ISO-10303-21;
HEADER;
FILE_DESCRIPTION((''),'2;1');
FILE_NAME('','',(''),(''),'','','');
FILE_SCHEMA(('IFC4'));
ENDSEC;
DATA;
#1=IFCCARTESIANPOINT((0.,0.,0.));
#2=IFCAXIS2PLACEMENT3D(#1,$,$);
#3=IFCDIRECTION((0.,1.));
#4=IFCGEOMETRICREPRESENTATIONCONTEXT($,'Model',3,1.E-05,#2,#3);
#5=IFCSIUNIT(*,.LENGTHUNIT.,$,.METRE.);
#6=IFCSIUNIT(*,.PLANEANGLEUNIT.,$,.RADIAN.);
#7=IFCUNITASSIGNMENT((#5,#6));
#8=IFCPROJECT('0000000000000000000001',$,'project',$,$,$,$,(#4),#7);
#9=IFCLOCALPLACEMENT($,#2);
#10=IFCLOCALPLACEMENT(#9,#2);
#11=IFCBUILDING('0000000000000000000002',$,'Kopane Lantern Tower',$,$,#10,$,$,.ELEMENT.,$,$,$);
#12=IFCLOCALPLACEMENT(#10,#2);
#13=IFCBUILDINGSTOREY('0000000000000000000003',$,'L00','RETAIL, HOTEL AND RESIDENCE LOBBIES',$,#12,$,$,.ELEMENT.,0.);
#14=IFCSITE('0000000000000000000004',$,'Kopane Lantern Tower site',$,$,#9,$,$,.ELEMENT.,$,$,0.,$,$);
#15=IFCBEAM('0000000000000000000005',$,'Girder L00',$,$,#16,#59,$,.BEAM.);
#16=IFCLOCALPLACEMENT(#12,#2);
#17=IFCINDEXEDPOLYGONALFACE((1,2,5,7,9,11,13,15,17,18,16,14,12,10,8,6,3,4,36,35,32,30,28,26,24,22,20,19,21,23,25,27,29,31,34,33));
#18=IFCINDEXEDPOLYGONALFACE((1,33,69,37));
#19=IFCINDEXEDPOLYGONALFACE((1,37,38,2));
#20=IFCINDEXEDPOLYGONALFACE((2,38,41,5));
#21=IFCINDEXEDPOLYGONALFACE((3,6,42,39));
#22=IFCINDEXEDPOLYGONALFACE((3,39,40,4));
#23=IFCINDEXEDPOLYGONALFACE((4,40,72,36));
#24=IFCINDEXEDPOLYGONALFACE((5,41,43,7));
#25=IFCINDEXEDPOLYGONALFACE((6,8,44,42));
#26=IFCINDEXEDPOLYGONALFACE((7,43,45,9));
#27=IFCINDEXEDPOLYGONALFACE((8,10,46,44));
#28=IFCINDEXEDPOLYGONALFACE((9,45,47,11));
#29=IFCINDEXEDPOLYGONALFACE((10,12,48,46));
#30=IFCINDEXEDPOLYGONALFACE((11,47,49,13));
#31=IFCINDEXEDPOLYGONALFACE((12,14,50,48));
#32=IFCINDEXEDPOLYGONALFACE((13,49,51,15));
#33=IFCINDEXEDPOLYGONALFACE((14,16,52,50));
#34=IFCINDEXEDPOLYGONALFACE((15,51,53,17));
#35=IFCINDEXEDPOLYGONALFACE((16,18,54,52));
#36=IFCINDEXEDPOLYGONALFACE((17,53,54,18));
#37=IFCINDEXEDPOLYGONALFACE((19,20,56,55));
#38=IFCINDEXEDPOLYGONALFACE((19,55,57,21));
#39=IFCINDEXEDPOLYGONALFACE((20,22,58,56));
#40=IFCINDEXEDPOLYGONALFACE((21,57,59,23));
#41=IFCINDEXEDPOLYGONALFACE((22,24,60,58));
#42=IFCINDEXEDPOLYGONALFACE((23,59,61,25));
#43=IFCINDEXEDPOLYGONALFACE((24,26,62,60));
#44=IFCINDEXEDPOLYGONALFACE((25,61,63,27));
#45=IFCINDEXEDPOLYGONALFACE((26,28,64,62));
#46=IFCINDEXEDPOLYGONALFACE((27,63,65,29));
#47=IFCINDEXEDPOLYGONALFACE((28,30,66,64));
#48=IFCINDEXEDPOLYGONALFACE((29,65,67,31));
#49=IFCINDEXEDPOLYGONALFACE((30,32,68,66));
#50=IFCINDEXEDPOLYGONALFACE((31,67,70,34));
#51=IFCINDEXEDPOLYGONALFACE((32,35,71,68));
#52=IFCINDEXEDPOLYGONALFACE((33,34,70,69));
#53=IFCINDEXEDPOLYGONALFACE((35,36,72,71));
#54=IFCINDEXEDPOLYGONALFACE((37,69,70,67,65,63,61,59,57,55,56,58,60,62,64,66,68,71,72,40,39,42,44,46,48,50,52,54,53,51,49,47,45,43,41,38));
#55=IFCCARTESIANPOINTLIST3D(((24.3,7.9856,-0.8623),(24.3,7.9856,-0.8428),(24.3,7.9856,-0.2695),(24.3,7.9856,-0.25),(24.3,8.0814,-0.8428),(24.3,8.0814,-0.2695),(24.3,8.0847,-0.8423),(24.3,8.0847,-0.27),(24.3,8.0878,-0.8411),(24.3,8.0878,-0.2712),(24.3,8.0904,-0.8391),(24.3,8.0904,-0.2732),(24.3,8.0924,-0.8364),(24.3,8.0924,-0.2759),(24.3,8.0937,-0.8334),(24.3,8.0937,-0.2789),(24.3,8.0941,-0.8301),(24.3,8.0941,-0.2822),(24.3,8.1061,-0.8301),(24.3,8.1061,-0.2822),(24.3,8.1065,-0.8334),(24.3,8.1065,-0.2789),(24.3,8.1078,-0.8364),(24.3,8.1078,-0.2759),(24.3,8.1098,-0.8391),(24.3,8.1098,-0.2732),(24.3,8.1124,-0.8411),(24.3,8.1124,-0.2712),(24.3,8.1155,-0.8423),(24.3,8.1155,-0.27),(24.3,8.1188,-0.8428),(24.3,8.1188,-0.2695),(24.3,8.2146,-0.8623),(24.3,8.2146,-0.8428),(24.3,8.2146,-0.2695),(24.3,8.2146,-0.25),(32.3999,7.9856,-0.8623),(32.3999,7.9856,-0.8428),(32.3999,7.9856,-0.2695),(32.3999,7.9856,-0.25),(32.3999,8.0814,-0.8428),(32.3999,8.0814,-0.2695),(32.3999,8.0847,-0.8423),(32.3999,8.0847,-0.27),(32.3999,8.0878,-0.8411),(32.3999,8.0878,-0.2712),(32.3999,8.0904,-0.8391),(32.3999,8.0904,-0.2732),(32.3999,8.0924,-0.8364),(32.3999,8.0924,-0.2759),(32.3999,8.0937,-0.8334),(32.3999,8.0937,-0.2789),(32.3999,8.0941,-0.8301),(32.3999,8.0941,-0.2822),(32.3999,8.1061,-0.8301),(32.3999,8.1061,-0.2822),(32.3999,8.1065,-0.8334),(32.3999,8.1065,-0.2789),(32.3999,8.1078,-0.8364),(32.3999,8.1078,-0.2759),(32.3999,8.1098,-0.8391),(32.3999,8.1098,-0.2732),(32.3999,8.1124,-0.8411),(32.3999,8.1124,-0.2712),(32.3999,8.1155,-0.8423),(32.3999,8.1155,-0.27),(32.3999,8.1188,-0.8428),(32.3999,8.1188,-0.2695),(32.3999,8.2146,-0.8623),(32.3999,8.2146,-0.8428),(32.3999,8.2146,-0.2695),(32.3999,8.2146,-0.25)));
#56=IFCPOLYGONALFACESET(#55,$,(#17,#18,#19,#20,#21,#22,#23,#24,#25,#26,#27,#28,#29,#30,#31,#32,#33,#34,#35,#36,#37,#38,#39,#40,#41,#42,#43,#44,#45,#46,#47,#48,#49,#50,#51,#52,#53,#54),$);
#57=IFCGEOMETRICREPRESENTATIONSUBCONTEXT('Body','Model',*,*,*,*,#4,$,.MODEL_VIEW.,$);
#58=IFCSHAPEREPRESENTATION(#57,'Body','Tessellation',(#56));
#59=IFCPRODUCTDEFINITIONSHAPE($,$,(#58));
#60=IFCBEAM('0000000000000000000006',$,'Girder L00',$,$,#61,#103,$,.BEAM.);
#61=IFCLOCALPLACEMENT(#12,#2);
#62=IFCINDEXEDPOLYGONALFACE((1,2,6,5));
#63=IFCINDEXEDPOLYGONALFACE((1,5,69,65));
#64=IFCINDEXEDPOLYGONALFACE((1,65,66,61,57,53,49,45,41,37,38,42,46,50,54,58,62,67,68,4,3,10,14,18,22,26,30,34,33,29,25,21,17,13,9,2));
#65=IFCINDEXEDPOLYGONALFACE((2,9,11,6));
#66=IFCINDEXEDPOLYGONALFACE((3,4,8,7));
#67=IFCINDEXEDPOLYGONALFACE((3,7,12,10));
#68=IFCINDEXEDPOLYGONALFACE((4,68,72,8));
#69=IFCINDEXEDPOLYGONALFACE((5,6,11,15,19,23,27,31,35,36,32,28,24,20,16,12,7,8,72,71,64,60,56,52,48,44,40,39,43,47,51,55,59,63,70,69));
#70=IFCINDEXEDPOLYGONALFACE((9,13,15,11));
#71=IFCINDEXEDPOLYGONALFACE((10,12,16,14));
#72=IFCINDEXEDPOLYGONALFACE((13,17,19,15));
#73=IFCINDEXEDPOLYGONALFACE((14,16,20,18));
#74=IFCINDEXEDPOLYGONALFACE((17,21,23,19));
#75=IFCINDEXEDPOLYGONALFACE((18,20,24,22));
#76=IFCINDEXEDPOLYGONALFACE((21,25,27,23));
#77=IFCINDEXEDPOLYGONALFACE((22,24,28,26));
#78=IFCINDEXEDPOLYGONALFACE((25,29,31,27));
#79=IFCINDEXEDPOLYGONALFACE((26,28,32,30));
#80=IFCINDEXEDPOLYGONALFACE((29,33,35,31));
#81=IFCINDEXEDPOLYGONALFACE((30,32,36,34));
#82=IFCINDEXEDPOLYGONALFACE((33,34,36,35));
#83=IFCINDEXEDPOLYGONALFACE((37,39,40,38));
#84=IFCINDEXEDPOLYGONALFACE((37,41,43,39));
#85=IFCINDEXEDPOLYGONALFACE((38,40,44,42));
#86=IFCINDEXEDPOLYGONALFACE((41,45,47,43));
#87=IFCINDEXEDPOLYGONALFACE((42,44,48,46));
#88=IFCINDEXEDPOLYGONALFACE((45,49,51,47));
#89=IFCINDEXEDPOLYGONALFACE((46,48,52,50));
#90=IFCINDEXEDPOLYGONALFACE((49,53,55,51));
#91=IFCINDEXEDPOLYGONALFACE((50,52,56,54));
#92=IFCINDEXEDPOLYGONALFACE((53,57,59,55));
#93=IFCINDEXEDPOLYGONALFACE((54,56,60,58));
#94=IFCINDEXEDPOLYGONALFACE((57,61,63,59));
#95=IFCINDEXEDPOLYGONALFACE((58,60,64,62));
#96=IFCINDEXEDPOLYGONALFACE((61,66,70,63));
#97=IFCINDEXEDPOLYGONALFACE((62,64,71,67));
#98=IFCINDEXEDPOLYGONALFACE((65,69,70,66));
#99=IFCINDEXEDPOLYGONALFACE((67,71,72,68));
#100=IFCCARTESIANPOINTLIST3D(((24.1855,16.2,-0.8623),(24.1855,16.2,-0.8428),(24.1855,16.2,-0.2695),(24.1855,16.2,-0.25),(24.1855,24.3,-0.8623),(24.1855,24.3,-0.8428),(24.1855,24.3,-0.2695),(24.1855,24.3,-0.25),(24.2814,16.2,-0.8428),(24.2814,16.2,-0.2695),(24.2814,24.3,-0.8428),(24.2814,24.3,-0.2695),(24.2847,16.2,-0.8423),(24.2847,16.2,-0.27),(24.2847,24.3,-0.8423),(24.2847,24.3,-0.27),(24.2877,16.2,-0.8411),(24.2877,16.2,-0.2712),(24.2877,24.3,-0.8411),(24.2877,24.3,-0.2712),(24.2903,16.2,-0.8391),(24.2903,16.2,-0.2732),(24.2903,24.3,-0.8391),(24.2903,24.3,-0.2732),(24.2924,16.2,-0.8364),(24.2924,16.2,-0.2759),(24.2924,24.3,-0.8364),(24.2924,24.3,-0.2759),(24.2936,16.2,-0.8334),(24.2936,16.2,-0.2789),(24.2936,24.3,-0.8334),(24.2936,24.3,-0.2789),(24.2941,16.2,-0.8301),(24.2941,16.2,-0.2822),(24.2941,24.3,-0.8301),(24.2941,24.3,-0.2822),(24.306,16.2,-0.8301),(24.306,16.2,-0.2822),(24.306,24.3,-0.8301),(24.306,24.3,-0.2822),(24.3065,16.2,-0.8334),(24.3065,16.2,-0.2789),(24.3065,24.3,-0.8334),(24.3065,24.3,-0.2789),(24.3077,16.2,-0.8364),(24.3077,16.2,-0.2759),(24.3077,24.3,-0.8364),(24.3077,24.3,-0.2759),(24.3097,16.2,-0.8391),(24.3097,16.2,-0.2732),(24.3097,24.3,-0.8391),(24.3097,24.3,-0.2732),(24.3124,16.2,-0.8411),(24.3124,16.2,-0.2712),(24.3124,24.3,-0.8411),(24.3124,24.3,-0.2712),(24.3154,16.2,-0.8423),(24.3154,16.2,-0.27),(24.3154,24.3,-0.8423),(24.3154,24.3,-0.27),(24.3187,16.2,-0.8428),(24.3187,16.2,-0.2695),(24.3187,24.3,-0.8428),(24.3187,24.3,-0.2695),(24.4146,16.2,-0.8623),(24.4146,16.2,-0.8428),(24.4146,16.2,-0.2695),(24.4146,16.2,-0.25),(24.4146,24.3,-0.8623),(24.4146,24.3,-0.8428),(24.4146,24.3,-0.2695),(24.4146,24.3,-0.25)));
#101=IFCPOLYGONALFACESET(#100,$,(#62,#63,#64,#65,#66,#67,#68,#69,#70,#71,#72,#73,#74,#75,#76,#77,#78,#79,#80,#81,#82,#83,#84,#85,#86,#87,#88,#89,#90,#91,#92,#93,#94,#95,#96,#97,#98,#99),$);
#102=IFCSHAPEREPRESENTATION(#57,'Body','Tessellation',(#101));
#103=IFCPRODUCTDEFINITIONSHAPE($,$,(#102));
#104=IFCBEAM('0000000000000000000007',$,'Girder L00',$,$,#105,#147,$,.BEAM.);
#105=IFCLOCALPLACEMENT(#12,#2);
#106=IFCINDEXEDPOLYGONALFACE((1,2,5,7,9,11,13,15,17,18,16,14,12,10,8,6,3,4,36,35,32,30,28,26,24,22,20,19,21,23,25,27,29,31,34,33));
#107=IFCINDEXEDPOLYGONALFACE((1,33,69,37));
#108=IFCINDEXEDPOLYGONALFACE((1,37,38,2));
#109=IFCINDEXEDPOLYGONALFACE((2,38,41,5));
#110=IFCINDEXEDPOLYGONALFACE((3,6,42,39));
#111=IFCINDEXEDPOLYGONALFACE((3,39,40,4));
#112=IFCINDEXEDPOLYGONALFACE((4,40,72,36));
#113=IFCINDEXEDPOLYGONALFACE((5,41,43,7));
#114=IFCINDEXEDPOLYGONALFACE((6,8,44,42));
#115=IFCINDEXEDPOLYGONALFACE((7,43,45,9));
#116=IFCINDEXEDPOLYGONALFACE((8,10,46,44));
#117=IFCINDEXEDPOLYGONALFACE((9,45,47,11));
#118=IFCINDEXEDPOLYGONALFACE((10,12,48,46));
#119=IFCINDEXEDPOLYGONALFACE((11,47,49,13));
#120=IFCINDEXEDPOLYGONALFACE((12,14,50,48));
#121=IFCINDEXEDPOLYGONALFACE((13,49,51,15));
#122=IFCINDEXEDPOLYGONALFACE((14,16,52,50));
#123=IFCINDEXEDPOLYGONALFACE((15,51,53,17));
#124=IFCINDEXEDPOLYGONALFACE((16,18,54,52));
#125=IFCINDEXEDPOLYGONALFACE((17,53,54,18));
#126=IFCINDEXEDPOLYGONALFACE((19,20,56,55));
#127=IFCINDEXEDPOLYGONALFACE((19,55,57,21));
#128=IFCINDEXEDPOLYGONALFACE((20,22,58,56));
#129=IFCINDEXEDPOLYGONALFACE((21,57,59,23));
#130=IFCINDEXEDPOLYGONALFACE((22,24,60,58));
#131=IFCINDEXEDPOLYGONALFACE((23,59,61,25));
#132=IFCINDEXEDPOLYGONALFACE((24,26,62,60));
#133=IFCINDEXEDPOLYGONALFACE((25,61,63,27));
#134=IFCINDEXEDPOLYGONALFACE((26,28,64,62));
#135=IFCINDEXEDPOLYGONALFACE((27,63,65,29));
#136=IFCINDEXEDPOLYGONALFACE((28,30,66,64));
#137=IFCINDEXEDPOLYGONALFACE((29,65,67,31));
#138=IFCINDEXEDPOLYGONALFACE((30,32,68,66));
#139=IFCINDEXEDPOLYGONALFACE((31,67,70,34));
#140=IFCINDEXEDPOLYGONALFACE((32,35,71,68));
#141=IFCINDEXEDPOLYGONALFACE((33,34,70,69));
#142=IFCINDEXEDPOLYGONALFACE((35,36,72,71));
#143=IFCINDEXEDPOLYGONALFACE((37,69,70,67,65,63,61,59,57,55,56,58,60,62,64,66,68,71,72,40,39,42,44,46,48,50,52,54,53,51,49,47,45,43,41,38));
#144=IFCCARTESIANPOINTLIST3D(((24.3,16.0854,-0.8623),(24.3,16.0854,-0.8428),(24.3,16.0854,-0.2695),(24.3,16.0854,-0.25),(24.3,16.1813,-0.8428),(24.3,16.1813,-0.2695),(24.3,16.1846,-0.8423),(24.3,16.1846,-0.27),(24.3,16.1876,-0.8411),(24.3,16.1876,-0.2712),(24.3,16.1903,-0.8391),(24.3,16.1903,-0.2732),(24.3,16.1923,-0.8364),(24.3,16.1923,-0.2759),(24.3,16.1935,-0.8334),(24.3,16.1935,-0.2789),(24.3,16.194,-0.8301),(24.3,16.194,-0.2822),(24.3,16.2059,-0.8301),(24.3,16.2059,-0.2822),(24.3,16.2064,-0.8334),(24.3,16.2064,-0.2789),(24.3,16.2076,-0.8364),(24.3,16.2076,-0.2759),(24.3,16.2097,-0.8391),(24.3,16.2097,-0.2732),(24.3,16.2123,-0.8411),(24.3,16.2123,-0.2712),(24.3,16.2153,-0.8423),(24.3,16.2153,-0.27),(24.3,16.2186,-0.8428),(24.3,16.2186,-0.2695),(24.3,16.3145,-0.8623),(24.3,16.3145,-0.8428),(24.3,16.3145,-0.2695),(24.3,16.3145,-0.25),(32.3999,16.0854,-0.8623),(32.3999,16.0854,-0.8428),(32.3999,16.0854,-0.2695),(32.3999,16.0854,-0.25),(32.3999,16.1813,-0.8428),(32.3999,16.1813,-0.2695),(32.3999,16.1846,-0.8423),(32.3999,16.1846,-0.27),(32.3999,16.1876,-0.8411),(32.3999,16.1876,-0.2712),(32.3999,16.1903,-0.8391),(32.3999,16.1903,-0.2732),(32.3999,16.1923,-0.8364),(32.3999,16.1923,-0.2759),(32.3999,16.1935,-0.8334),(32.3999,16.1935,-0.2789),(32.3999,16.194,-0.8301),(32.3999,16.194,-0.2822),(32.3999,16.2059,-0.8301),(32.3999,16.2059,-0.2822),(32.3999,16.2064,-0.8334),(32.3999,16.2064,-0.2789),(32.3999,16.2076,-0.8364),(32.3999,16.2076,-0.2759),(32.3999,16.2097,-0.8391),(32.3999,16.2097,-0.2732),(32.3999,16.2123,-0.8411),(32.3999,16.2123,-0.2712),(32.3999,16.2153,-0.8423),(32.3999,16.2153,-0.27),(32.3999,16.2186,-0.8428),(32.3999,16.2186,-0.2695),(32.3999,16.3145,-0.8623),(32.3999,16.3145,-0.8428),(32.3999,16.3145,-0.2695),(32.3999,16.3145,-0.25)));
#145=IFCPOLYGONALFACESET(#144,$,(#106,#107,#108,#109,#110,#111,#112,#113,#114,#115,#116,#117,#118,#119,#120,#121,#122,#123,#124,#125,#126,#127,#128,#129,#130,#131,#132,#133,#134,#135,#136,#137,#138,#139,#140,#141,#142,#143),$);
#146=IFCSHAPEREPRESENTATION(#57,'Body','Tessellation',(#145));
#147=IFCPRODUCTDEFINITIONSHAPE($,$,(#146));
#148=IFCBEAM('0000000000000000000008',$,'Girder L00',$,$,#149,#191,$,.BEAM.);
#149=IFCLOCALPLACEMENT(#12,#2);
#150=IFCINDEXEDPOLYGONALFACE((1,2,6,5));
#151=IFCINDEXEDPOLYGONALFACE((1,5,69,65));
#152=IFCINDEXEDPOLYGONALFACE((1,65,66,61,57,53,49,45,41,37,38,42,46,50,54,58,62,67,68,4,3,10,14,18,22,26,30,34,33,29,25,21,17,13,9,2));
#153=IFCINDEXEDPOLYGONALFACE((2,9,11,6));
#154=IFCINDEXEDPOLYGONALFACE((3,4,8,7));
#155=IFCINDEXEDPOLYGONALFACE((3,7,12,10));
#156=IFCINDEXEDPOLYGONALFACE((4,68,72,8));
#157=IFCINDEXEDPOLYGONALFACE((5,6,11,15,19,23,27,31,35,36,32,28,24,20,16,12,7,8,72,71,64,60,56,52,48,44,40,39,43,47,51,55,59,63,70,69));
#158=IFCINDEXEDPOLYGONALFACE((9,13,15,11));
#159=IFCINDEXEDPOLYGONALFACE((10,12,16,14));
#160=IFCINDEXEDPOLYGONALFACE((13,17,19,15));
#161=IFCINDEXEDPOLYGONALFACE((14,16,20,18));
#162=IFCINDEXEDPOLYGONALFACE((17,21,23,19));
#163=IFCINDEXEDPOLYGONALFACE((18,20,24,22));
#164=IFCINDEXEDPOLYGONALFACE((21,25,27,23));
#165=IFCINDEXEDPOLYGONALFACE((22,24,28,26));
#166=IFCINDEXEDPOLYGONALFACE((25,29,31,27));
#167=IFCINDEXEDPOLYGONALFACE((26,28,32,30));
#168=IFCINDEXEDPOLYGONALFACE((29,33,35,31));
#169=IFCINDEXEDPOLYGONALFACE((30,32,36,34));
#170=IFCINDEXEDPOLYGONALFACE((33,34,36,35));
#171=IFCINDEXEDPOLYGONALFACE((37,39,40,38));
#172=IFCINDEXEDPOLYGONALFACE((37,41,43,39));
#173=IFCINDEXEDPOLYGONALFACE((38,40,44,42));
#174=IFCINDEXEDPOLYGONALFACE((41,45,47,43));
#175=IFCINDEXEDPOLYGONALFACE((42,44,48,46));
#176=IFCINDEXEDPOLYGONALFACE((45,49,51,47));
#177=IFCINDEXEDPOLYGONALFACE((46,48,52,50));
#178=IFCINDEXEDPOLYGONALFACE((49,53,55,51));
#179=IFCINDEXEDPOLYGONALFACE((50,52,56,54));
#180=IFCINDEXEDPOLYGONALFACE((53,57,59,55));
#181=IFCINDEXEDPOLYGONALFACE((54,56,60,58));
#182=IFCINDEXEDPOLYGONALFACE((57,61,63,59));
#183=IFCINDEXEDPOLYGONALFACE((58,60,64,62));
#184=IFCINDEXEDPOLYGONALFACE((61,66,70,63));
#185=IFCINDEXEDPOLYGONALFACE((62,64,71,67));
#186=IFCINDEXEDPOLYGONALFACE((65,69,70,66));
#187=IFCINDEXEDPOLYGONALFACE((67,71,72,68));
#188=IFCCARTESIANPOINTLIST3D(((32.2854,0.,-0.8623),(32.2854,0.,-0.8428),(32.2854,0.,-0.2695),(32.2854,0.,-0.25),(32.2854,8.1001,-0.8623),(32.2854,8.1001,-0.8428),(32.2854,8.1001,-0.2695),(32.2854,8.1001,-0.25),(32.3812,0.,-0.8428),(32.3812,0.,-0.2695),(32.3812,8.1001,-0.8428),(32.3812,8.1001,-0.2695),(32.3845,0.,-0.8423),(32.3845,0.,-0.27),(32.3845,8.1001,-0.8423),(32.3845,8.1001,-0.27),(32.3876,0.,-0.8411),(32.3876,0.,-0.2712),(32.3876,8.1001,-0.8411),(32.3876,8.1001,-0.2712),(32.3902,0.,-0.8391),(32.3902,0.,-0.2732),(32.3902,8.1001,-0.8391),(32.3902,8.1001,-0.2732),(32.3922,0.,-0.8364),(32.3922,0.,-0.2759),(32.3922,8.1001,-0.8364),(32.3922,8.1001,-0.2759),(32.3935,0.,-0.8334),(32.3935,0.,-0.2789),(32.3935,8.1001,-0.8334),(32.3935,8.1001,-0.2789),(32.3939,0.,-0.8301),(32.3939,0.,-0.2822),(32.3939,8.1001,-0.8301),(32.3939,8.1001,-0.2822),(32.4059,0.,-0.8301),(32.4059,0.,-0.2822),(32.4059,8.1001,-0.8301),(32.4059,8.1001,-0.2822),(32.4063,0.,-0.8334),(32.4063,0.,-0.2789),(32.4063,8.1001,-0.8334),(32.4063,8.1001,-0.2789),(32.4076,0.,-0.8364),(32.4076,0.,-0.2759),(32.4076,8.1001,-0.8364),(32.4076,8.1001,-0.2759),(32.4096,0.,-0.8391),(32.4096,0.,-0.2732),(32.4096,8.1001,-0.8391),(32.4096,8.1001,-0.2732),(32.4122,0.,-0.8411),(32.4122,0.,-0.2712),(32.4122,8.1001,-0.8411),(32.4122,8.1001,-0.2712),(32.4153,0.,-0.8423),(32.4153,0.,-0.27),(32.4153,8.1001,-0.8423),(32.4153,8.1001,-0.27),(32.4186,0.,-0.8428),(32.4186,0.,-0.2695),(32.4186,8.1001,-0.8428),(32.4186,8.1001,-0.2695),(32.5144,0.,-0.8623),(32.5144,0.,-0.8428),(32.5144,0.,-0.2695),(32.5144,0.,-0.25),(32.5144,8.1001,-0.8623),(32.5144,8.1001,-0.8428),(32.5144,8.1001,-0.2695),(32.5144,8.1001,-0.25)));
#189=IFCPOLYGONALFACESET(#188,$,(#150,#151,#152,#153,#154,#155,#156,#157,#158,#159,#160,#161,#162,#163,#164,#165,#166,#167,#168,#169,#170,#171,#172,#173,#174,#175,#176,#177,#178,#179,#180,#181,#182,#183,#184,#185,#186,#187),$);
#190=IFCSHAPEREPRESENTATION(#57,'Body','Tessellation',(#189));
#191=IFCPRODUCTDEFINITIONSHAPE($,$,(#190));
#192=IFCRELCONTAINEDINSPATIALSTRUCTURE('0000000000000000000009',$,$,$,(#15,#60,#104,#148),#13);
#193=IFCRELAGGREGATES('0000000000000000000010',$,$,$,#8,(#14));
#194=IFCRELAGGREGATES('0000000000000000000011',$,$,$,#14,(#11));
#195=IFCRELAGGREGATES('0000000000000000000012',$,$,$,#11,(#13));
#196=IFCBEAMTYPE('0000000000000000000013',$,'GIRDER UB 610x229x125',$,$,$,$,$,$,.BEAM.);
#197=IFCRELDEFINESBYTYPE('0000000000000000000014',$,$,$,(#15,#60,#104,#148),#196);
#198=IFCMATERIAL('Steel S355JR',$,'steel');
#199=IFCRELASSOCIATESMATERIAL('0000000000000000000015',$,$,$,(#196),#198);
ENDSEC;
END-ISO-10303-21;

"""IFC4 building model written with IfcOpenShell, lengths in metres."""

from ifc_helpers import new_model, si_unit, direction, frame, origin, origin_2d, place, context, subcontext, project, spatial, i_section, extrude, material, material_profile, profile_set, type_object, element, save


model = new_model("IFC4")

# Units and contexts
model_context = context("Model", 3, precision=1e-05, world=origin(), true_north=direction((0.0, 1.0)))
body_context = subcontext(model_context, "Body", "Model", "MODEL_VIEW")
ifc_project = project(units=[si_unit("LENGTHUNIT", "METRE"), si_unit("PLANEANGLEUNIT", "RADIAN")], contexts=[model_context])

# Site, building, storey
site_placement = place(None, origin())
site = spatial("IfcSite", under=ifc_project, at=site_placement, Name="Kopane Lantern Tower site", CompositionType="ELEMENT", RefElevation=0.0)
building_placement = place(site_placement, origin())
building = spatial("IfcBuilding", under=site, at=building_placement, Name="Kopane Lantern Tower", CompositionType="ELEMENT")
storey_placement = place(building_placement, origin())
storey = spatial("IfcBuildingStorey", under=building, at=storey_placement, Name="L00", Description="RETAIL, HOTEL AND RESIDENCE LOBBIES", CompositionType="ELEMENT", Elevation=0.0)

# Beams
ifc_material_1 = material(Name="Steel S355JR", Category="steel")
ifc_material_profile_1 = material_profile(ifc_material_1, i_section(OverallWidth=0.229, OverallDepth=0.6123, WebThickness=0.012, FlangeThickness=0.0195, FilletRadius=0.0127, at=origin_2d()), Name="UB 610x229x125")
ifc_profile_set_1 = profile_set([ifc_material_profile_1], Name="Steel S355JR")
beam_type = type_object("IfcBeamType", Name="GIRDER UB 610x229x125", PredefinedType="BEAM", material=ifc_profile_set_1)
for number, where, z_axis, x_axis, name in (
    (1, (24.3, 8.1001, -0.5562), (1.0, 0.0, 0.0), (0.0, 1.0, 0.0), "Girder L00"),
):
    element("IfcBeam", number, at=place(storey_placement, frame(where, z_axis=z_axis, x_axis=x_axis)), inside=storey, type_object=beam_type, Name=name, PredefinedType="BEAM", context=body_context, shape_type="SweptSolid", body=[
        extrude(i_section(OverallWidth=0.229, OverallDepth=0.6123, WebThickness=0.012, FlangeThickness=0.0195, FilletRadius=0.0127, at=origin_2d()), origin(), (0.0, 0.0, 1.0), 8.0999),
    ])
beam_1_placement = place(storey_placement, frame((24.3, 16.2, -0.5562), z_axis=(0.0, 1.0, 0.0), x_axis=(-1.0, 0.0, 0.0)))
element("IfcBeam", 2, at=beam_1_placement, inside=storey, type_object=beam_type, Name="Girder L00", PredefinedType="BEAM", context=body_context, shape_type="SweptSolid", body=[
    extrude(i_section(OverallWidth=0.229, OverallDepth=0.6123, WebThickness=0.012, FlangeThickness=0.0195, FilletRadius=0.0127, at=origin_2d()), origin(), (0.0, 0.0, 1.0), 8.1001),
])
beam_2_placement = place(storey_placement, frame((24.3, 16.2, -0.5562), z_axis=(1.0, 0.0, 0.0), x_axis=(0.0, 1.0, 0.0)))
element("IfcBeam", 3, at=beam_2_placement, inside=storey, type_object=beam_type, Name="Girder L00", PredefinedType="BEAM", context=body_context, shape_type="SweptSolid", body=[
    extrude(i_section(OverallWidth=0.229, OverallDepth=0.6123, WebThickness=0.012, FlangeThickness=0.0195, FilletRadius=0.0127, at=origin_2d()), origin(), (0.0, 0.0, 1.0), 8.0999),
])
for number, where, z_axis, x_axis, name in (
    (4, (32.3999, 0.0, -0.5562), (0.0, 1.0, 0.0), (-1.0, 0.0, 0.0), "Girder L00"),
):
    element("IfcBeam", number, at=place(storey_placement, frame(where, z_axis=z_axis, x_axis=x_axis)), inside=storey, type_object=beam_type, Name=name, PredefinedType="BEAM", context=body_context, shape_type="SweptSolid", body=[
        extrude(i_section(OverallWidth=0.229, OverallDepth=0.6123, WebThickness=0.012, FlangeThickness=0.0195, FilletRadius=0.0127, at=origin_2d()), origin(), (0.0, 0.0, 1.0), 8.1001),
    ])

save(model, "model.ifc")
